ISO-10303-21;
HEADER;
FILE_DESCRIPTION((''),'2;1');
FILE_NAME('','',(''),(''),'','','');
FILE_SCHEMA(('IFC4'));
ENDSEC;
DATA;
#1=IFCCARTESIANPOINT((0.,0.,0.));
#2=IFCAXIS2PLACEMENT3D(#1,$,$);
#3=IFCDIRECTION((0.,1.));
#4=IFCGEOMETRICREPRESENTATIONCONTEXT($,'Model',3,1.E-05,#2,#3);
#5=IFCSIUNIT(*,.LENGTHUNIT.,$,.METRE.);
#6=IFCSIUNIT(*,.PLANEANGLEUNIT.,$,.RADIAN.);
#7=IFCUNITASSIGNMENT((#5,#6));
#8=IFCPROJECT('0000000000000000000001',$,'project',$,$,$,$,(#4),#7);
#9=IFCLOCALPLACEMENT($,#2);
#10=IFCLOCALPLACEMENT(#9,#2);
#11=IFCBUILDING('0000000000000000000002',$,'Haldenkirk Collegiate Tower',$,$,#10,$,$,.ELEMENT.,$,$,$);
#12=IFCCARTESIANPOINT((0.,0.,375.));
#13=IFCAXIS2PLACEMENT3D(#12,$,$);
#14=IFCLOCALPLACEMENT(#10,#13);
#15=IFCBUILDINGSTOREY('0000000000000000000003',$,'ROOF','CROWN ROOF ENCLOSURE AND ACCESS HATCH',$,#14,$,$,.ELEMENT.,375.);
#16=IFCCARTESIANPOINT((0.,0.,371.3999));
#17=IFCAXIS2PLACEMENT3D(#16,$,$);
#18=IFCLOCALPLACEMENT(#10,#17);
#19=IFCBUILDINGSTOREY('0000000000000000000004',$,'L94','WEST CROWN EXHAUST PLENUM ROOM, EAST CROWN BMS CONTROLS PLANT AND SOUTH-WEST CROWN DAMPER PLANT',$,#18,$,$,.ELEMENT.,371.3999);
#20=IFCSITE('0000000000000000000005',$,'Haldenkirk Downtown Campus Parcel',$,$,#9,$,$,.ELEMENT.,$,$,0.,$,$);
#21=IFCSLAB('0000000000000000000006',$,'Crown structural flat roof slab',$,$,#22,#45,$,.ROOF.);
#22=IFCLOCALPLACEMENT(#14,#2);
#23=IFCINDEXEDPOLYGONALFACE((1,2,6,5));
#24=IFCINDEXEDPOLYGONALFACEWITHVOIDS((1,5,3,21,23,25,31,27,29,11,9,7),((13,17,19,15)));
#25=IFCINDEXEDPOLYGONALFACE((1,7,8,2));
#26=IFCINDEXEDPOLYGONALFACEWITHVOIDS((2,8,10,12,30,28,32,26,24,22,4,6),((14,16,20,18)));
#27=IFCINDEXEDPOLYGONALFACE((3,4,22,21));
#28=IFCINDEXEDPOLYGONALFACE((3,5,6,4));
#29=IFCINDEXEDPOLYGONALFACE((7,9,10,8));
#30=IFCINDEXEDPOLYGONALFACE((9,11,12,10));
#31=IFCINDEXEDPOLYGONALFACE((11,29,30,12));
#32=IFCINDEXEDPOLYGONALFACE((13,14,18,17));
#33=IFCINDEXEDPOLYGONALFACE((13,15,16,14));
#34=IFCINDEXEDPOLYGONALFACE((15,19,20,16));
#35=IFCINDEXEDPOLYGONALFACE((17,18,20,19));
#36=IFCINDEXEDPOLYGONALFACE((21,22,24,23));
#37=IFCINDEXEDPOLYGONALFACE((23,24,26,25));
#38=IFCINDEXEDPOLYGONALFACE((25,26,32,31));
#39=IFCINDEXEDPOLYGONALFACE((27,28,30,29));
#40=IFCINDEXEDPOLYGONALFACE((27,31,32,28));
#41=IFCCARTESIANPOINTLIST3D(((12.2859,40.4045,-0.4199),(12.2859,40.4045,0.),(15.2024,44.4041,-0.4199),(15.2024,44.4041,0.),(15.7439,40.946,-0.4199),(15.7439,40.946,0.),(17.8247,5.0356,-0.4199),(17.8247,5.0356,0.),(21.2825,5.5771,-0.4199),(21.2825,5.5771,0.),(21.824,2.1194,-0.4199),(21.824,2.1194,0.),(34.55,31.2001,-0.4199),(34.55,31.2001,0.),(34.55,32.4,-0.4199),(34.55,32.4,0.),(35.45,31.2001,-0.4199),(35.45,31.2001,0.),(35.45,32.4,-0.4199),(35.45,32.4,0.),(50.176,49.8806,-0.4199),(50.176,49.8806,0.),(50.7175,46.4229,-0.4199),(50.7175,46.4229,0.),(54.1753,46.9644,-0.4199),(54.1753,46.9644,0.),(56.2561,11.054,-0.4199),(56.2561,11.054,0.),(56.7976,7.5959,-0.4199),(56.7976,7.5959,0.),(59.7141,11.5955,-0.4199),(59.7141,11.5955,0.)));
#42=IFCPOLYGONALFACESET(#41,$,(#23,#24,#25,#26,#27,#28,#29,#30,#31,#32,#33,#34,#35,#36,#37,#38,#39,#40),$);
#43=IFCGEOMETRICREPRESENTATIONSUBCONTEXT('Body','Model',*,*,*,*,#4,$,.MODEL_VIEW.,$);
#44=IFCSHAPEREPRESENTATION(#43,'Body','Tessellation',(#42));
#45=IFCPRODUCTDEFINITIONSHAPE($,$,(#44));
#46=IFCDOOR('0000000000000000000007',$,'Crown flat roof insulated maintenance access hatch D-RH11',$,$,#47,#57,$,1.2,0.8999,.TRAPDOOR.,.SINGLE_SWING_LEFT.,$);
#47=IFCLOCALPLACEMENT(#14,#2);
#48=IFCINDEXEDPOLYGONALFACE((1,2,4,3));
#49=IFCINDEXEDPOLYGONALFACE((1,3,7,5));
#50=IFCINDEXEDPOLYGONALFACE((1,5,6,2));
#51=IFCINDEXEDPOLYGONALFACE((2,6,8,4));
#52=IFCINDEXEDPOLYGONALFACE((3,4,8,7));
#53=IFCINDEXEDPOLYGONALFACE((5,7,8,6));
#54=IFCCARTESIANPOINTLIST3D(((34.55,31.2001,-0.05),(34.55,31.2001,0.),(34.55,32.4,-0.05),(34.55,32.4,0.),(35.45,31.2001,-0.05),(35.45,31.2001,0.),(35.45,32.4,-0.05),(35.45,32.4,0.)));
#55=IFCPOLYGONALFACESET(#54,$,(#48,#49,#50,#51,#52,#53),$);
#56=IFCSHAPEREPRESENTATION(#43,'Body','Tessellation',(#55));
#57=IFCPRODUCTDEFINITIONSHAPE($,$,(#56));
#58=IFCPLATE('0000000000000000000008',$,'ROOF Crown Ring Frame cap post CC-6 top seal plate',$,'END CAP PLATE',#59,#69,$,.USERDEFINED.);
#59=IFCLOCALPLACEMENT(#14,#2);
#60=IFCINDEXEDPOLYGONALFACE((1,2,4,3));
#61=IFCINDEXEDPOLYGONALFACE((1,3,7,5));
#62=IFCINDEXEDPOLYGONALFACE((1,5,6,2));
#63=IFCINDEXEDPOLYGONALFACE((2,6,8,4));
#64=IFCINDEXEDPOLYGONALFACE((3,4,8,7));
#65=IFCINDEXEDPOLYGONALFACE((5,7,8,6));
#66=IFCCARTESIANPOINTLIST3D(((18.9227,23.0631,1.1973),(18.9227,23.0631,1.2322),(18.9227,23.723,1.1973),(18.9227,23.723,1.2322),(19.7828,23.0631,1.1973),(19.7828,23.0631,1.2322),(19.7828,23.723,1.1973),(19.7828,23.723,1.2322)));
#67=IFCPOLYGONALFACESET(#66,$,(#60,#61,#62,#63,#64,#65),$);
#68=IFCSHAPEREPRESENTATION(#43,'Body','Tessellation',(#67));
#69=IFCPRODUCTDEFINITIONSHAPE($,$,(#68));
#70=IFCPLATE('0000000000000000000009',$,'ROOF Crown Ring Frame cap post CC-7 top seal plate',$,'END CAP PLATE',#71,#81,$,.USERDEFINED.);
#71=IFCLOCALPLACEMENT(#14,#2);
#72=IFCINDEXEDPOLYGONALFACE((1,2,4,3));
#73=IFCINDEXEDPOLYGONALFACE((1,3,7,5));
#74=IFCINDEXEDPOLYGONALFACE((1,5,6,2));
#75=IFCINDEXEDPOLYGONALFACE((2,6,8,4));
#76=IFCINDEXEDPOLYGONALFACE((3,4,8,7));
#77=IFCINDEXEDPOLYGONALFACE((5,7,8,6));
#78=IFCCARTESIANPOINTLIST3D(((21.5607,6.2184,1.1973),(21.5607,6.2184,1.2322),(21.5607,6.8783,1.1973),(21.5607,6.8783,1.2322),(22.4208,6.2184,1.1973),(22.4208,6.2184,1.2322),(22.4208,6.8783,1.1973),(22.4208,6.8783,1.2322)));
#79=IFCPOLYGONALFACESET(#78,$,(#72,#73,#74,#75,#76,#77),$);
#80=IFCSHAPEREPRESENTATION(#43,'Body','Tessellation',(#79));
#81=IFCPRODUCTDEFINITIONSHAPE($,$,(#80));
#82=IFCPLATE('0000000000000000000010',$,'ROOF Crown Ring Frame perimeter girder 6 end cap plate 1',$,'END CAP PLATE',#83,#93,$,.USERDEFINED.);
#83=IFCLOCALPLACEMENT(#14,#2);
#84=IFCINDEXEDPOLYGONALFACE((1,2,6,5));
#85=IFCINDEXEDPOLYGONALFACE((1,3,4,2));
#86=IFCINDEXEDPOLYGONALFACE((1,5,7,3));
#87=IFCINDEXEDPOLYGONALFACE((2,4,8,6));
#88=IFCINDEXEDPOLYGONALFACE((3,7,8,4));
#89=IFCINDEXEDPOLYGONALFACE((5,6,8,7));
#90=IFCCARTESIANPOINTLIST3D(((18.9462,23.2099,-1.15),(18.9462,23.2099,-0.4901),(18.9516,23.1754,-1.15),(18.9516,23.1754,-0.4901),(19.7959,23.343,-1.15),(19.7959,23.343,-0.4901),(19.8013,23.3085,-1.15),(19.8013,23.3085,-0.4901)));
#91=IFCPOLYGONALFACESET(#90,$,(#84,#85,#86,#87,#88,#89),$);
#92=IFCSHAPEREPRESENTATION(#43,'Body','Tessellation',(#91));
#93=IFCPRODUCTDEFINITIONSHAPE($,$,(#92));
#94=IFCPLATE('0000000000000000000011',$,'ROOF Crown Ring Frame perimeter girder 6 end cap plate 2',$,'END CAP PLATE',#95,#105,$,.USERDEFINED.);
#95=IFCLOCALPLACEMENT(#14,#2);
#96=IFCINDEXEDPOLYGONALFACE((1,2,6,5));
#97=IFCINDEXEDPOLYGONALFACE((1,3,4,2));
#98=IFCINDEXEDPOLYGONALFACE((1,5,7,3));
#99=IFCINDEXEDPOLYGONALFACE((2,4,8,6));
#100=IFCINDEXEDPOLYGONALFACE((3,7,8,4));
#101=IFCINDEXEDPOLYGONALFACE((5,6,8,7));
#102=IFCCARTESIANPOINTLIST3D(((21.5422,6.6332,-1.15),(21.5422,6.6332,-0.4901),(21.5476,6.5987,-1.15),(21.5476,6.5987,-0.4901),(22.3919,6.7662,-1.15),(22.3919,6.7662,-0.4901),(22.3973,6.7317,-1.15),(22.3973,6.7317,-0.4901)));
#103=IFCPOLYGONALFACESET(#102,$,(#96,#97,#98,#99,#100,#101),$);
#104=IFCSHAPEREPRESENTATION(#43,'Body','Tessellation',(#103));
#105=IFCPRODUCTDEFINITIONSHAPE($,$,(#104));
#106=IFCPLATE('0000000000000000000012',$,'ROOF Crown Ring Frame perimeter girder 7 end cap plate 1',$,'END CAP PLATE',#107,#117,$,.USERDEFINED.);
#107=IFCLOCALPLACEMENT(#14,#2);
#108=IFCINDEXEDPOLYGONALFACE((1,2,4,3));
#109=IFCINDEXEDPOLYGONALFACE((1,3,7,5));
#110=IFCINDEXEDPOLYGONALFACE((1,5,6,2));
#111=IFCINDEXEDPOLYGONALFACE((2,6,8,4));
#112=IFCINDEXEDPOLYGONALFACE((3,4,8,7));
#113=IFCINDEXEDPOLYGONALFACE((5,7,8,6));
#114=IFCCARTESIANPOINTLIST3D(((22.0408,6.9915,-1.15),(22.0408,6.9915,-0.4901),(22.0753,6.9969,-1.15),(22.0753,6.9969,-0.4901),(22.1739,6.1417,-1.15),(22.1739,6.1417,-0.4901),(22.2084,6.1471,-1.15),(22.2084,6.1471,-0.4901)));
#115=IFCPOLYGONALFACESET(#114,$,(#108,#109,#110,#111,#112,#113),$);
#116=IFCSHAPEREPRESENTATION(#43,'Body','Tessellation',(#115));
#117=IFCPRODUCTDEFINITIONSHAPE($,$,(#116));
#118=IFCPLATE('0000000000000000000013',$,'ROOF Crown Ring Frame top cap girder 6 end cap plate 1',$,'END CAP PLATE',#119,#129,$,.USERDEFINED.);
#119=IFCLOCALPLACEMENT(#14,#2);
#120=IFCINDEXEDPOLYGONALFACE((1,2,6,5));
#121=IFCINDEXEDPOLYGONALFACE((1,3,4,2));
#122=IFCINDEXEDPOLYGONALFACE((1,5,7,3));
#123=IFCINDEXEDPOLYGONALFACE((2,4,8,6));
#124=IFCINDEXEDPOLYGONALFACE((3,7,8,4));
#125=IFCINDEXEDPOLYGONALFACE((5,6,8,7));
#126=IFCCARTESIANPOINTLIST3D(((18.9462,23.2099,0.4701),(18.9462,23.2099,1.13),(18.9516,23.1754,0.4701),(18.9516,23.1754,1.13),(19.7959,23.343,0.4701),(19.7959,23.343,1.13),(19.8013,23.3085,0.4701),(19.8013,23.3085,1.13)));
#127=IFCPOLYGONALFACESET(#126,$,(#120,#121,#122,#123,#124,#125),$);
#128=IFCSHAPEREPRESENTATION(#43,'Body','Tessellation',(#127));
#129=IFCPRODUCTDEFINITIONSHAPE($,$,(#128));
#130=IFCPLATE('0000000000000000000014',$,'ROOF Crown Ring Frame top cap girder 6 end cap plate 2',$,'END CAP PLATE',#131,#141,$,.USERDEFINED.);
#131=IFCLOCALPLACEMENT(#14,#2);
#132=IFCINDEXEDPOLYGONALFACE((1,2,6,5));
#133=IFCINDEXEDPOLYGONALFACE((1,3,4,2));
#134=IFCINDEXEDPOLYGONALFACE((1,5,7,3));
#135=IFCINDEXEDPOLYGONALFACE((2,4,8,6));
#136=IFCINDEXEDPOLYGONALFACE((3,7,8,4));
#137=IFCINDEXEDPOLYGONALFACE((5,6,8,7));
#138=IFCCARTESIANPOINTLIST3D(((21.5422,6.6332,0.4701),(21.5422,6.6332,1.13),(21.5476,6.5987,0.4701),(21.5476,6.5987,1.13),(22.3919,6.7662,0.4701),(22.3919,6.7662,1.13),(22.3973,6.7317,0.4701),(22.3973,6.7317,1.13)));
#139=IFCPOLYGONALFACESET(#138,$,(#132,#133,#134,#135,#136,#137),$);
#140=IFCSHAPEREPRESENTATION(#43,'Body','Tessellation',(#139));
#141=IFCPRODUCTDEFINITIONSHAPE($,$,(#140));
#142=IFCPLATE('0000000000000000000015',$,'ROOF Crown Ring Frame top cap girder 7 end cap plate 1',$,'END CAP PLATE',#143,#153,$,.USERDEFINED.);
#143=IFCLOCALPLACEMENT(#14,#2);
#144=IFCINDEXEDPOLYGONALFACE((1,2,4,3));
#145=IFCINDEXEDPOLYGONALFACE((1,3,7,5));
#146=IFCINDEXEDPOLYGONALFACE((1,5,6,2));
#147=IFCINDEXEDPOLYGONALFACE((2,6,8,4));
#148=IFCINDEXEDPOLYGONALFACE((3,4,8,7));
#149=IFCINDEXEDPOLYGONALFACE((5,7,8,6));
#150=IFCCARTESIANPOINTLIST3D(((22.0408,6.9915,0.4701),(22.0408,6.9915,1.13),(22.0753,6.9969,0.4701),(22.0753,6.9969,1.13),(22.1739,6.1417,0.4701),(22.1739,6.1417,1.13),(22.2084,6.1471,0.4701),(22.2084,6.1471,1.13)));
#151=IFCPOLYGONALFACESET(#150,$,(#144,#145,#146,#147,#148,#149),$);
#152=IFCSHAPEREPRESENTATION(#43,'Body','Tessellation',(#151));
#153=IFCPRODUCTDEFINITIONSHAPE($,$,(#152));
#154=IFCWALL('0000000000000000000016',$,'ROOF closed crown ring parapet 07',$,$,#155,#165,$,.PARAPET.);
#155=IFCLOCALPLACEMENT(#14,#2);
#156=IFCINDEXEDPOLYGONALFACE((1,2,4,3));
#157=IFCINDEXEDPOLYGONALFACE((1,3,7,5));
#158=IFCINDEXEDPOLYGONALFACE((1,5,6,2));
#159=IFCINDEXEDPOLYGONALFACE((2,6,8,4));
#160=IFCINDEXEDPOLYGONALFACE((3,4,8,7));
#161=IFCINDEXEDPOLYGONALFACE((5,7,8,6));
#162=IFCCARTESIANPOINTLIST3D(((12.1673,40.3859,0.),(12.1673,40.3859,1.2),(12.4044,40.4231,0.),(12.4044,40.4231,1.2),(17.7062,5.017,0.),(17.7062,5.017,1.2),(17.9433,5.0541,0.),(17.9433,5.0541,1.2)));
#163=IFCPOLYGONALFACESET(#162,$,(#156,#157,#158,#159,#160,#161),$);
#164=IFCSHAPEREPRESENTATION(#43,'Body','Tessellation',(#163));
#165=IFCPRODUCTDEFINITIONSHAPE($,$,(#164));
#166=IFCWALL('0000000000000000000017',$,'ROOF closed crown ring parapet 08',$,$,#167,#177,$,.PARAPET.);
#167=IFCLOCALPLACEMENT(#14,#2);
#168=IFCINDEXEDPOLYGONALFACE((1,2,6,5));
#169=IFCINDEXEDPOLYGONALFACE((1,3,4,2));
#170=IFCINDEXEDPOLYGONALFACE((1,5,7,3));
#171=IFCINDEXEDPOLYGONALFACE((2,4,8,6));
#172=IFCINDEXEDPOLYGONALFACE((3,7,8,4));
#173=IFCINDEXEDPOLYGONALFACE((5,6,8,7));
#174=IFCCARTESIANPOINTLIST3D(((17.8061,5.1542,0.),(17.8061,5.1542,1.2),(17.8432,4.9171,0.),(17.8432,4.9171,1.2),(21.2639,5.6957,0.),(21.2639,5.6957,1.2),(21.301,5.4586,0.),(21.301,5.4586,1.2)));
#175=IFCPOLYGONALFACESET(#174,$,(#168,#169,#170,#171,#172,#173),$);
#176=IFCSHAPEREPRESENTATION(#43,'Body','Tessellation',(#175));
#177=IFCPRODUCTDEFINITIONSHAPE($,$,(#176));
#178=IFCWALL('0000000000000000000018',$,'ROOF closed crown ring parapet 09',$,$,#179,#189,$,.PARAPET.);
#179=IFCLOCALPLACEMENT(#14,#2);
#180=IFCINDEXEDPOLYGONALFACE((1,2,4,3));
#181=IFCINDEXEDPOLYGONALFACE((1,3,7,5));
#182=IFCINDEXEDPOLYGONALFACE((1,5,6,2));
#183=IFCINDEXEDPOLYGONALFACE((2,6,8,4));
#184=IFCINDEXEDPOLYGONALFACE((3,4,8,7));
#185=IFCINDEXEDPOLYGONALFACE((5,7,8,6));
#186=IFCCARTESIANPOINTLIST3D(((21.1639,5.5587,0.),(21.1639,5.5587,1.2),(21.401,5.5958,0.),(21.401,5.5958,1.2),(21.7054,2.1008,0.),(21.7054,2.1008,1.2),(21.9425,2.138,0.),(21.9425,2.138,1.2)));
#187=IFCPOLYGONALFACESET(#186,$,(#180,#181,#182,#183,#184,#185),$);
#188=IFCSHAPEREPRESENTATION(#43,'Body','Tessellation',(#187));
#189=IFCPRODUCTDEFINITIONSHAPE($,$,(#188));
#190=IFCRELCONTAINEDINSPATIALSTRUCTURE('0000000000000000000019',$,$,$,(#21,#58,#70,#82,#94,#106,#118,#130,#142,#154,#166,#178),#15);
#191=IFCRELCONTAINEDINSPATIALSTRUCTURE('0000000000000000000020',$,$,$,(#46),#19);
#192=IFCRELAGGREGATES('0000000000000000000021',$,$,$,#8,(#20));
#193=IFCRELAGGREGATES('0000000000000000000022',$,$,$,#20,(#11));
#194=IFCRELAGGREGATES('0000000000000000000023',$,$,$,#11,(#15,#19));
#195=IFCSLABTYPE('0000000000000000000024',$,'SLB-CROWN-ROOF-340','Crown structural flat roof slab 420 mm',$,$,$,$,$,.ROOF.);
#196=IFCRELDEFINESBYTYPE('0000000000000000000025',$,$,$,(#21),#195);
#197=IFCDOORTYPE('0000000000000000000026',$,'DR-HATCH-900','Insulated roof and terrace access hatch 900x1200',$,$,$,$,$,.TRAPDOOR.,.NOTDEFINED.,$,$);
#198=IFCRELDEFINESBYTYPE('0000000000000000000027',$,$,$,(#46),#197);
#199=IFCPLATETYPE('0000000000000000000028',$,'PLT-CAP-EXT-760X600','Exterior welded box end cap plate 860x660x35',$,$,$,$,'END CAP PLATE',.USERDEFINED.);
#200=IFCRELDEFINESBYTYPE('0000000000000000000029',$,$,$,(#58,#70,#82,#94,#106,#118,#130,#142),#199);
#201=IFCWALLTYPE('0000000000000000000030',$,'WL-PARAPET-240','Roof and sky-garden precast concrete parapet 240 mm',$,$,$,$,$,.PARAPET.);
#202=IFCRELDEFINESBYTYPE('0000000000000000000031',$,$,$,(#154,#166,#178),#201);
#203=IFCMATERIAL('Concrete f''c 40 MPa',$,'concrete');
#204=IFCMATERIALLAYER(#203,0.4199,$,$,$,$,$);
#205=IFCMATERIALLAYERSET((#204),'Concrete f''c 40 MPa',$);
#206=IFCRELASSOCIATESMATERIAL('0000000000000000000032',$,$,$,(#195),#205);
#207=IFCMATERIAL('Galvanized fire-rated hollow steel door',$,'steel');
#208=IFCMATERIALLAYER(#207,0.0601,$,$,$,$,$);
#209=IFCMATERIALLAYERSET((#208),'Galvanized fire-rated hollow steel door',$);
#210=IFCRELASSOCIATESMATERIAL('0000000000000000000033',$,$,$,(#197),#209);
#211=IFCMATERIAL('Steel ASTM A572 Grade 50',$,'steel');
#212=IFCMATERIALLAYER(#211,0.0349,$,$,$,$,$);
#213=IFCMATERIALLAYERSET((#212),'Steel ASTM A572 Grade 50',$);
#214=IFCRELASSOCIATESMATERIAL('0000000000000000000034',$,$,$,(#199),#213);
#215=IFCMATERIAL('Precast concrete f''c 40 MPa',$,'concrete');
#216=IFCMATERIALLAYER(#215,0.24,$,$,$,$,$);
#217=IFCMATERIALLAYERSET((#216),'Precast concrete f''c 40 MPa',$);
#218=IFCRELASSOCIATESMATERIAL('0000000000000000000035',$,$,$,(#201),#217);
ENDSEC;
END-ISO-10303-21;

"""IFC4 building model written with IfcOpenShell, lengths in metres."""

from ifc_helpers import new_model, si_unit, direction, frame, frame_2d, origin, origin_2d, place, context, subcontext, project, spatial, polyline, rectangle, outline, extrude, source, transform, mapped, material, layer, layer_set, type_object, element, fill, save


model = new_model("IFC4")

# Units and contexts
model_context = context("Model", 3, precision=1e-05, world=origin(), true_north=direction((0.0, 1.0)))
body_context = subcontext(model_context, "Body", "Model", "MODEL_VIEW")
ifc_project = project(units=[si_unit("LENGTHUNIT", "METRE"), si_unit("PLANEANGLEUNIT", "RADIAN")], contexts=[model_context])

# Site, building, storey
site_placement = place(None, origin())
site = spatial("IfcSite", under=ifc_project, at=site_placement, Name="Haldenkirk Downtown Campus Parcel", CompositionType="ELEMENT", RefElevation=0.0)
building_placement = place(site_placement, origin())
building = spatial("IfcBuilding", under=site, at=building_placement, Name="Haldenkirk Collegiate Tower", CompositionType="ELEMENT")
storey_1_placement = place(building_placement, frame((0.0, 0.0, 375.0)))
storey_1 = spatial("IfcBuildingStorey", under=building, at=storey_1_placement, Name="ROOF", Description="CROWN ROOF ENCLOSURE AND ACCESS HATCH", CompositionType="ELEMENT", Elevation=375.0)

# Shared definitions
ifc_material_1 = material(Name="Steel ASTM A572 Grade 50", Category="steel")

# Slab, opening
ifc_material_2 = material(Name="Concrete f'c 40 MPa", Category="concrete")
ifc_layer_1 = layer(ifc_material_2, 0.4199)
ifc_layer_set_1 = layer_set([ifc_layer_1], Name="Concrete f'c 40 MPa")
slab_type = type_object("IfcSlabType", Name="SLB-CROWN-ROOF-340", Description="Crown structural flat roof slab 420 mm", PredefinedType="ROOF", material=ifc_layer_set_1)
slab_placement = place(storey_1_placement, frame((0.0, 0.0, -0.4199)))
slab = element("IfcSlab", 1, at=slab_placement, inside=storey_1, type_object=slab_type, Name="Crown structural flat roof slab", PredefinedType="ROOF", context=body_context, shape_type="SweptSolid", body=[
    extrude(outline(polyline([(59.7141, 11.5955), (54.1753, 46.9644), (50.7175, 46.4229), (50.176, 49.8806), (15.2024, 44.4041), (15.7439, 40.946), (12.2859, 40.4045), (17.8247, 5.0356), (21.2825, 5.5771), (21.824, 2.1194), (56.7976, 7.5959), (56.2561, 11.054), (59.7141, 11.5955)])), origin(), (0.0, 0.0, 1.0), 0.4199),
])
opening_placement = place(slab_placement, frame((35.0, 31.8, -0.01)))
opening = element("IfcOpeningElement", 2, at=opening_placement, cuts=slab, PredefinedType="OPENING", context=body_context, shape_type="SweptSolid", body=[
    extrude(rectangle(XDim=0.8999, YDim=1.2, at=origin_2d()), origin(), (0.0, 0.0, 1.0), 0.4399),
])

# Shared definitions
storey_2_placement = place(building_placement, frame((0.0, 0.0, 371.3999)))
storey_2 = spatial("IfcBuildingStorey", under=building, at=storey_2_placement, Name="L94", Description="WEST CROWN EXHAUST PLENUM ROOM, EAST CROWN BMS CONTROLS PLANT AND SOUTH-WEST CROWN DAMPER PLANT", CompositionType="ELEMENT", Elevation=371.3999)

# Door
ifc_material_3 = material(Name="Galvanized fire-rated hollow steel door", Category="steel")
ifc_layer_2 = layer(ifc_material_3, 0.0601)
ifc_layer_set_2 = layer_set([ifc_layer_2], Name="Galvanized fire-rated hollow steel door")
door_type = type_object("IfcDoorType", Name="DR-HATCH-900", Description="Insulated roof and terrace access hatch 900x1200", OperationType="NOTDEFINED", PredefinedType="TRAPDOOR", material=ifc_layer_set_2)
door_placement = place(slab_placement, frame((35.0, 31.8, 0.3699)))
door = element("IfcDoor", 3, at=door_placement, inside=storey_2, type_object=door_type, Name="Crown flat roof insulated maintenance access hatch D-RH11", OperationType="SINGLE_SWING_LEFT", OverallHeight=1.2, OverallWidth=0.8999, PredefinedType="TRAPDOOR", context=body_context, shape_type="SweptSolid", body=[
    extrude(rectangle(XDim=0.8999, YDim=1.2, at=origin_2d()), origin(), (0.0, 0.0, 1.0), 0.05),
])
fill(opening, door)

# Plates
ifc_layer_3 = layer(ifc_material_1, 0.0349)
ifc_layer_set_3 = layer_set([ifc_layer_3], Name="Steel ASTM A572 Grade 50")
plate_type = type_object("IfcPlateType", Name="PLT-CAP-EXT-760X600", Description="Exterior welded box end cap plate 860x660x35", ElementType="END CAP PLATE", PredefinedType="USERDEFINED", material=ifc_layer_set_3)
shared_shape = source(origin(), body_context, "Body", "SweptSolid", [
    extrude(rectangle(XDim=0.8601, YDim=0.6599, at=origin_2d()), origin(), (0.0, 0.0, 1.0), 0.0349),
])
for number, where, z_axis, x_axis, name in (
    (4, (19.3528, 23.3931, 1.1973), (0.0, 0.0, 1.0), (1.0, 0.0, 0.0), "ROOF Crown Ring Frame cap post CC-6 top seal plate"),
    (5, (21.9907, 6.5483, 1.1973), (0.0, 0.0, 1.0), (1.0, 0.0, 0.0), "ROOF Crown Ring Frame cap post CC-7 top seal plate"),
    (6, (19.3765, 23.2419, -0.8201), (-0.154711, 0.98796, 0.0), (-0.98796, -0.154711, 0.0), "ROOF Crown Ring Frame perimeter girder 6 end cap plate 1"),
    (7, (21.967, 6.6997, -0.8201), (0.154711, -0.98796, 0.0), (0.98796, 0.154711, 0.0), "ROOF Crown Ring Frame perimeter girder 6 end cap plate 2"),
    (8, (22.1418, 6.572, -0.8201), (-0.987959, -0.154713, 0.0), (0.154713, -0.987959, 0.0), "ROOF Crown Ring Frame perimeter girder 7 end cap plate 1"),
    (9, (19.3765, 23.2419, 0.8), (-0.154711, 0.98796, 0.0), (-0.98796, -0.154711, 0.0), "ROOF Crown Ring Frame top cap girder 6 end cap plate 1"),
    (10, (21.967, 6.6997, 0.8), (0.154711, -0.98796, 0.0), (0.98796, 0.154711, 0.0), "ROOF Crown Ring Frame top cap girder 6 end cap plate 2"),
    (11, (22.1418, 6.572, 0.8), (-0.987959, -0.154713, 0.0), (0.154713, -0.987959, 0.0), "ROOF Crown Ring Frame top cap girder 7 end cap plate 1"),
):
    element("IfcPlate", number, at=place(storey_1_placement, frame(where, z_axis=z_axis, x_axis=x_axis)), inside=storey_1, type_object=plate_type, Name=name, ObjectType="END CAP PLATE", PredefinedType="USERDEFINED", context=body_context, shape_type="MappedRepresentation", body=[
        mapped(shared_shape, transform((0.0, 0.0, 0.0), x_axis=(1.0, 0.0, 0.0), y_axis=(0.0, 1.0, 0.0), z_axis=(0.0, 0.0, 1.0), scale=1.0)),
    ])

# Walls
ifc_material_4 = material(Name="Precast concrete f'c 40 MPa", Category="concrete")
ifc_layer_4 = layer(ifc_material_4, 0.24)
ifc_layer_set_4 = layer_set([ifc_layer_4], Name="Precast concrete f'c 40 MPa")
wall_type = type_object("IfcWallType", Name="WL-PARAPET-240", Description="Roof and sky-garden precast concrete parapet 240 mm", PredefinedType="PARAPET", material=ifc_layer_set_4)
wall_placement = place(storey_1_placement, frame((17.8247, 5.0356, 0.0), z_axis=(0.0, 0.0, 1.0), x_axis=(-0.154716, 0.987959, 0.0)))
element("IfcWall", 12, at=wall_placement, inside=storey_1, type_object=wall_type, Name="ROOF closed crown ring parapet 07", PredefinedType="PARAPET", context=body_context, shape_type="SweptSolid", body=[
    extrude(rectangle(XDim=35.8, YDim=0.24, at=frame_2d((17.8999, 0.0))), origin(), (0.0, 0.0, 1.0), 1.2),
])
for number, where, z_axis, x_axis, name in (
    (13, (21.2825, 5.5771, 0.0), (0.0, 0.0, 1.0), (-0.987958, -0.154719, 0.0), "ROOF closed crown ring parapet 08"),
    (14, (21.824, 2.1194, 0.0), (0.0, 0.0, 1.0), (-0.154719, 0.987958, 0.0), "ROOF closed crown ring parapet 09"),
):
    element("IfcWall", number, at=place(storey_1_placement, frame(where, z_axis=z_axis, x_axis=x_axis)), inside=storey_1, type_object=wall_type, Name=name, PredefinedType="PARAPET", context=body_context, shape_type="SweptSolid", body=[
        extrude(rectangle(XDim=3.5, YDim=0.24, at=frame_2d((1.75, 0.0))), origin(), (0.0, 0.0, 1.0), 1.2),
    ])

save(model, "model.ifc")
